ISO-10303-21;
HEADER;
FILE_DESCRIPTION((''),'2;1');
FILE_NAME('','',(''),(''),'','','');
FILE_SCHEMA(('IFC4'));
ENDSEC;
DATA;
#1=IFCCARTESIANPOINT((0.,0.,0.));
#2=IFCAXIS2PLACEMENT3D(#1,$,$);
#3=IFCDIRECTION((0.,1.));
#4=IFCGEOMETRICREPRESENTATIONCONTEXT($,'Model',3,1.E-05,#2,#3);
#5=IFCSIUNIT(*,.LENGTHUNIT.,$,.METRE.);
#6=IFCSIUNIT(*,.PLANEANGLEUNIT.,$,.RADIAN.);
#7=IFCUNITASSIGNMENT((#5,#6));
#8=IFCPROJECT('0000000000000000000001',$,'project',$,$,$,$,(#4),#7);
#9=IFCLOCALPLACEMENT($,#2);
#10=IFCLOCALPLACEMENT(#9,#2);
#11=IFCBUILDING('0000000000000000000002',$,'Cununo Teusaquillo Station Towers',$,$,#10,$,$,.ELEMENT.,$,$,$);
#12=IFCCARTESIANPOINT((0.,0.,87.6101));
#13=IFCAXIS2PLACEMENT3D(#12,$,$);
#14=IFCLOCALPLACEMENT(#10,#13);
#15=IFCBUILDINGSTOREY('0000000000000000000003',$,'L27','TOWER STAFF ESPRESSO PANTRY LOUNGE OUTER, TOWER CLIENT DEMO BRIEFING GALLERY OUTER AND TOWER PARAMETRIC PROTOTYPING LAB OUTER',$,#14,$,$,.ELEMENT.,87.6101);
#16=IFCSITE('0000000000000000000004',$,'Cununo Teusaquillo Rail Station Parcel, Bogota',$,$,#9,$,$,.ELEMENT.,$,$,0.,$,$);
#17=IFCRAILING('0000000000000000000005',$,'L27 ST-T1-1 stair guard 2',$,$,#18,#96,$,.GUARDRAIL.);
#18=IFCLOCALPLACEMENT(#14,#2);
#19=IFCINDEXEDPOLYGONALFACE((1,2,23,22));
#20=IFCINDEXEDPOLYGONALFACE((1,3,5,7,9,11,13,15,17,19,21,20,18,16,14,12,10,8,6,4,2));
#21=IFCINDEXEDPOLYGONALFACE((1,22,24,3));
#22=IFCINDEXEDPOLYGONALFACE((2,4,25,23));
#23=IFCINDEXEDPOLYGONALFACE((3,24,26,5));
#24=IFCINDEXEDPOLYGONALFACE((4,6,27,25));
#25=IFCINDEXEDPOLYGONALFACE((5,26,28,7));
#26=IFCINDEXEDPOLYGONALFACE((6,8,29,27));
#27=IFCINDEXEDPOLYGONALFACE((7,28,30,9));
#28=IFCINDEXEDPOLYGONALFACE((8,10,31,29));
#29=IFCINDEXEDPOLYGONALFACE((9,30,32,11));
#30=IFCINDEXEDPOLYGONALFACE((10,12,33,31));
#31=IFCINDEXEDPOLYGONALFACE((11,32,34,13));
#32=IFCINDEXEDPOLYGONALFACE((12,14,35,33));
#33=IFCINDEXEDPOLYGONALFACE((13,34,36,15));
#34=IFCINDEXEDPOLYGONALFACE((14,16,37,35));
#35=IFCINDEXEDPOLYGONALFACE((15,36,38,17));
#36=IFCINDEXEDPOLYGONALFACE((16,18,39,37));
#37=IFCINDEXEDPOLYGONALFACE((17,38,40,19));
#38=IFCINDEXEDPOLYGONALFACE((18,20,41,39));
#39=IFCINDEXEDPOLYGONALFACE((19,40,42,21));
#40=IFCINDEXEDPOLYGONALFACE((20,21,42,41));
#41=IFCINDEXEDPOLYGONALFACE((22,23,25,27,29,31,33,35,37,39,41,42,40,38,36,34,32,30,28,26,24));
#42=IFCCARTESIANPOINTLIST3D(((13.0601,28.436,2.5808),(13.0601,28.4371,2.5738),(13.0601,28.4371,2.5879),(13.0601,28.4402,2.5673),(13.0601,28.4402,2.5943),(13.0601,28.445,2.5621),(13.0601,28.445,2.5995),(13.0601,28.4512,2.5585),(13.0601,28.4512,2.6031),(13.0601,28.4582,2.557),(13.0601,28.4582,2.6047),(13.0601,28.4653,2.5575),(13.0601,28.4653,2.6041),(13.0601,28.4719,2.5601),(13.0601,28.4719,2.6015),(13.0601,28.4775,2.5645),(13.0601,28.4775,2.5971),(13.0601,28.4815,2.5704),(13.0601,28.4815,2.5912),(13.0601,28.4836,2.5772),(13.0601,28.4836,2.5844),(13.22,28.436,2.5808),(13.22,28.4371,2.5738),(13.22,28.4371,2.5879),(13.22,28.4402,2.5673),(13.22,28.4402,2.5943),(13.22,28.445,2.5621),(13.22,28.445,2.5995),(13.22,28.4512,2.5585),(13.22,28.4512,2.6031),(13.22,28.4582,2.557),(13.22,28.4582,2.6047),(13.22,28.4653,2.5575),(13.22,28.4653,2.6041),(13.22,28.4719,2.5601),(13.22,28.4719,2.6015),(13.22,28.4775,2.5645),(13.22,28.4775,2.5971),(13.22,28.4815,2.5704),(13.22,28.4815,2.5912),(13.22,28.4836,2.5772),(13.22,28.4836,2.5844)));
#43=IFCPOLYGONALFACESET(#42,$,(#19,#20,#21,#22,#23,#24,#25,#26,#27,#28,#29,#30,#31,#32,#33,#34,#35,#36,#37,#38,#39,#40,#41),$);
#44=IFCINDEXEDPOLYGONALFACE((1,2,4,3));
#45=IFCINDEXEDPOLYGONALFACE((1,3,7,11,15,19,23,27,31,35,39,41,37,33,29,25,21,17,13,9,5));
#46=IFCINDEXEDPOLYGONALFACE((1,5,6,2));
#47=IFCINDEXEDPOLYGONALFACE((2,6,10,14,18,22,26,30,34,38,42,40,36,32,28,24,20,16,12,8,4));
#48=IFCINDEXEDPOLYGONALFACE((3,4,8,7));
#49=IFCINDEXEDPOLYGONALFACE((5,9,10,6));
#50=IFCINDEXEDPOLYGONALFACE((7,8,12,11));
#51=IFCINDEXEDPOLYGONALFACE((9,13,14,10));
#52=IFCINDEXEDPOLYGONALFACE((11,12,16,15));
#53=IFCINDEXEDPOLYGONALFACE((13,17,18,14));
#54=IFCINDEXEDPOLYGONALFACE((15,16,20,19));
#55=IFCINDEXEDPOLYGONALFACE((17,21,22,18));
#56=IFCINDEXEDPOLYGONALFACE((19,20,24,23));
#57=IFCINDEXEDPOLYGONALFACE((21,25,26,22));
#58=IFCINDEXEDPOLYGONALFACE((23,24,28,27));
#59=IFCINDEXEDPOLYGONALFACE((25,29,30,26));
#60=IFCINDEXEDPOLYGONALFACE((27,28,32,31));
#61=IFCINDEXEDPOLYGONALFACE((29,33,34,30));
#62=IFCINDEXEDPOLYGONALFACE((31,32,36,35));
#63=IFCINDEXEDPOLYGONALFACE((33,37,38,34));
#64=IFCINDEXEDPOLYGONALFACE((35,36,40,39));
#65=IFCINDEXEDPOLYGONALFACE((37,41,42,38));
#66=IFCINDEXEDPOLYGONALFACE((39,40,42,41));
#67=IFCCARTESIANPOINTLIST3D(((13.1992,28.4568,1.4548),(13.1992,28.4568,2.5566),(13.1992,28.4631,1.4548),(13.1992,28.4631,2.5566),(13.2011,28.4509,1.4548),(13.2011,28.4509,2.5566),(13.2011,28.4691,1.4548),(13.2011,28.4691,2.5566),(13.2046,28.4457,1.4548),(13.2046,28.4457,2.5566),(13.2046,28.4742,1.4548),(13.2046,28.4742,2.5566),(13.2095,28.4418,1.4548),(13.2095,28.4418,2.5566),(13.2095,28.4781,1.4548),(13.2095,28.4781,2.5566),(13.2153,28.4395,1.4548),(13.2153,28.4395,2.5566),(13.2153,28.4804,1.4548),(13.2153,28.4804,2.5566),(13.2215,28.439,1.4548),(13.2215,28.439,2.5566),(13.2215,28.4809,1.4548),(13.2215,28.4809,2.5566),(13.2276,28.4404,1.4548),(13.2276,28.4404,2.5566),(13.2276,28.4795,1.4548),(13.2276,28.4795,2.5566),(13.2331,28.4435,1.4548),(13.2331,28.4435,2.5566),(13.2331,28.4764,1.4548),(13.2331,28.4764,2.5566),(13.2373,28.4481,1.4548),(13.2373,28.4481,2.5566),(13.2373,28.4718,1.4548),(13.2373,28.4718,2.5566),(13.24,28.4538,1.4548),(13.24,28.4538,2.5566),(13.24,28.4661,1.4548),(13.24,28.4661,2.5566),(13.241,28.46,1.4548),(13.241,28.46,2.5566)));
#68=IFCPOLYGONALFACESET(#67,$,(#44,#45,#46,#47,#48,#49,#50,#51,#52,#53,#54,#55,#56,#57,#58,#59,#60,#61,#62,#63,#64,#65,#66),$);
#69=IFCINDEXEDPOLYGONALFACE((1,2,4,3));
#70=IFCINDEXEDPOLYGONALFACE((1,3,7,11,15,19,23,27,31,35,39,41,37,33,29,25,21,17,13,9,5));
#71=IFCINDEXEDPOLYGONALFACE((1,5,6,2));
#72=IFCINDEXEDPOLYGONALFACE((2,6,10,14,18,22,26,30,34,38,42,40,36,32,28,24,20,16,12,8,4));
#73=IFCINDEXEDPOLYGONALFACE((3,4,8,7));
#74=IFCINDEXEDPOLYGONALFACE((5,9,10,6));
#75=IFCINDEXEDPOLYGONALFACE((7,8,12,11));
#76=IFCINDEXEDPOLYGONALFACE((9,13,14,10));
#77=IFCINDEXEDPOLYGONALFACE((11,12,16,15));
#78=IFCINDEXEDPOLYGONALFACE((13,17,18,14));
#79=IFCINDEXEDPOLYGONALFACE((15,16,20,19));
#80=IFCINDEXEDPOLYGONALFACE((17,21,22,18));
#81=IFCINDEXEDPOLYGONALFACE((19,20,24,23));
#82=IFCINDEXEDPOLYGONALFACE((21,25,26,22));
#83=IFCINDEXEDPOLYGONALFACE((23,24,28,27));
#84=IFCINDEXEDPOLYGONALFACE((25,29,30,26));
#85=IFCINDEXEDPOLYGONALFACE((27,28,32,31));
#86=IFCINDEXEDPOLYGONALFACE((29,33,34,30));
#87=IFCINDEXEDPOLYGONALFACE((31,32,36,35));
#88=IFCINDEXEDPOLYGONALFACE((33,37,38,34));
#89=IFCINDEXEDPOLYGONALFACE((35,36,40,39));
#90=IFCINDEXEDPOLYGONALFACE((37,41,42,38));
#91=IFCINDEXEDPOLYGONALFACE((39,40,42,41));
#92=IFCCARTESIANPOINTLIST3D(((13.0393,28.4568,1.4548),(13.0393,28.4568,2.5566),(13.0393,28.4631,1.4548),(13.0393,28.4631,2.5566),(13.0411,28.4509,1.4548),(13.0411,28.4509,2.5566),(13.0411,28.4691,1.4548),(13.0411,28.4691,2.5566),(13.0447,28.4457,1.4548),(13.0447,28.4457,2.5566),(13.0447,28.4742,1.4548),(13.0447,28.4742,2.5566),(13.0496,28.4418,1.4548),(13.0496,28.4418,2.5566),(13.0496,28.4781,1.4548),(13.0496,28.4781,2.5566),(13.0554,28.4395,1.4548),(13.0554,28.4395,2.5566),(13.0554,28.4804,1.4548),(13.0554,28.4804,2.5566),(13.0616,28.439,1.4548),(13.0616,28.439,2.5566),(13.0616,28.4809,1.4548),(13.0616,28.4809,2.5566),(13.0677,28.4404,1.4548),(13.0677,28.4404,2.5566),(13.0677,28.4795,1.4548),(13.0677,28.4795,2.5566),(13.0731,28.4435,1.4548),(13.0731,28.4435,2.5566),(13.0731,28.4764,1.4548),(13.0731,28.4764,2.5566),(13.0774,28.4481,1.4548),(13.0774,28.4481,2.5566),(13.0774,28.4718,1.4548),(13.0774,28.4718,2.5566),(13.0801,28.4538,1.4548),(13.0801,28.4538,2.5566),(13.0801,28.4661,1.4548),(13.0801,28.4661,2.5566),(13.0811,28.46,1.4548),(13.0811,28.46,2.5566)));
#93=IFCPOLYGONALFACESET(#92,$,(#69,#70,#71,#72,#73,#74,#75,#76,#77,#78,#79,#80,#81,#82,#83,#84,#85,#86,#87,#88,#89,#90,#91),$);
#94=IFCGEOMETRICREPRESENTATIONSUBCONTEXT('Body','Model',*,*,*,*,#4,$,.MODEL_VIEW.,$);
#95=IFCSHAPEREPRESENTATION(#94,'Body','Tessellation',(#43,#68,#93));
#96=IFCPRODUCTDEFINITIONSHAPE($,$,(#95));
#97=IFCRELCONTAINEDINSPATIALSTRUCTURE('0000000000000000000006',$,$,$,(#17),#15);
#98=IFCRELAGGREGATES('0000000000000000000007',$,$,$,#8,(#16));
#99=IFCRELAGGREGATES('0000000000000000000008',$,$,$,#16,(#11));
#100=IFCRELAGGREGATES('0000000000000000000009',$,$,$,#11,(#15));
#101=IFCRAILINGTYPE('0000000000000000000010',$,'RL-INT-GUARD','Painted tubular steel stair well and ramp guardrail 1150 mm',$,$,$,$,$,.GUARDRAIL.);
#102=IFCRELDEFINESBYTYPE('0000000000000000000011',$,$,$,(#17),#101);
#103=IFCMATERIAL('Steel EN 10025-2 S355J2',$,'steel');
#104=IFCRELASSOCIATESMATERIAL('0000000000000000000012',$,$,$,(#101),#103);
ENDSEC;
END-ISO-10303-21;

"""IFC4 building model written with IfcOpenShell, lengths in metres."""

from ifc_helpers import new_model, si_unit, direction, frame, origin, origin_2d, place, context, subcontext, project, spatial, circle, extrude, material, type_object, element, save


model = new_model("IFC4")

# Units and contexts
model_context = context("Model", 3, precision=1e-05, world=origin(), true_north=direction((0.0, 1.0)))
body_context = subcontext(model_context, "Body", "Model", "MODEL_VIEW")
ifc_project = project(units=[si_unit("LENGTHUNIT", "METRE"), si_unit("PLANEANGLEUNIT", "RADIAN")], contexts=[model_context])

# Site, building, storey
site_placement = place(None, origin())
site = spatial("IfcSite", under=ifc_project, at=site_placement, Name="Cununo Teusaquillo Rail Station Parcel, Bogota", CompositionType="ELEMENT", RefElevation=0.0)
building_placement = place(site_placement, origin())
building = spatial("IfcBuilding", under=site, at=building_placement, Name="Cununo Teusaquillo Station Towers", CompositionType="ELEMENT")
storey_placement = place(building_placement, frame((0.0, 0.0, 87.6101)))
storey = spatial("IfcBuildingStorey", under=building, at=storey_placement, Name="L27", Description="TOWER STAFF ESPRESSO PANTRY LOUNGE OUTER, TOWER CLIENT DEMO BRIEFING GALLERY OUTER AND TOWER PARAMETRIC PROTOTYPING LAB OUTER", CompositionType="ELEMENT", Elevation=87.6101)

# Railing
ifc_material_1 = material(Name="Steel EN 10025-2 S355J2", Category="steel")
railing_type_1 = type_object("IfcRailingType", Name="RL-INT-GUARD", Description="Painted tubular steel stair well and ramp guardrail 1150 mm", PredefinedType="GUARDRAIL", material=ifc_material_1)
railing_1_placement = place(storey_placement, frame((13.22, 28.46, 1.4548)))
element("IfcRailing", 1, at=railing_1_placement, inside=storey, type_object=railing_type_1, Name="L27 ST-T1-1 stair guard 2", PredefinedType="GUARDRAIL", context=body_context, shape_type="SweptSolid", body=[
    extrude(circle(Radius=0.0239, at=origin_2d()), frame((0.0, 0.0, 1.126), z_axis=(-1.0, 0.0, 0.0), x_axis=(0.0, -1.0, 0.0)), (0.0, 0.0, 1.0), 0.1599),
    extrude(circle(Radius=0.021, at=origin_2d()), origin(), (0.0, 0.0, 1.0), 1.1018),
    extrude(circle(Radius=0.021, at=origin_2d()), frame((-0.1599, 0.0, 0.0)), (0.0, 0.0, 1.0), 1.1018),
])

save(model, "model.ifc")
